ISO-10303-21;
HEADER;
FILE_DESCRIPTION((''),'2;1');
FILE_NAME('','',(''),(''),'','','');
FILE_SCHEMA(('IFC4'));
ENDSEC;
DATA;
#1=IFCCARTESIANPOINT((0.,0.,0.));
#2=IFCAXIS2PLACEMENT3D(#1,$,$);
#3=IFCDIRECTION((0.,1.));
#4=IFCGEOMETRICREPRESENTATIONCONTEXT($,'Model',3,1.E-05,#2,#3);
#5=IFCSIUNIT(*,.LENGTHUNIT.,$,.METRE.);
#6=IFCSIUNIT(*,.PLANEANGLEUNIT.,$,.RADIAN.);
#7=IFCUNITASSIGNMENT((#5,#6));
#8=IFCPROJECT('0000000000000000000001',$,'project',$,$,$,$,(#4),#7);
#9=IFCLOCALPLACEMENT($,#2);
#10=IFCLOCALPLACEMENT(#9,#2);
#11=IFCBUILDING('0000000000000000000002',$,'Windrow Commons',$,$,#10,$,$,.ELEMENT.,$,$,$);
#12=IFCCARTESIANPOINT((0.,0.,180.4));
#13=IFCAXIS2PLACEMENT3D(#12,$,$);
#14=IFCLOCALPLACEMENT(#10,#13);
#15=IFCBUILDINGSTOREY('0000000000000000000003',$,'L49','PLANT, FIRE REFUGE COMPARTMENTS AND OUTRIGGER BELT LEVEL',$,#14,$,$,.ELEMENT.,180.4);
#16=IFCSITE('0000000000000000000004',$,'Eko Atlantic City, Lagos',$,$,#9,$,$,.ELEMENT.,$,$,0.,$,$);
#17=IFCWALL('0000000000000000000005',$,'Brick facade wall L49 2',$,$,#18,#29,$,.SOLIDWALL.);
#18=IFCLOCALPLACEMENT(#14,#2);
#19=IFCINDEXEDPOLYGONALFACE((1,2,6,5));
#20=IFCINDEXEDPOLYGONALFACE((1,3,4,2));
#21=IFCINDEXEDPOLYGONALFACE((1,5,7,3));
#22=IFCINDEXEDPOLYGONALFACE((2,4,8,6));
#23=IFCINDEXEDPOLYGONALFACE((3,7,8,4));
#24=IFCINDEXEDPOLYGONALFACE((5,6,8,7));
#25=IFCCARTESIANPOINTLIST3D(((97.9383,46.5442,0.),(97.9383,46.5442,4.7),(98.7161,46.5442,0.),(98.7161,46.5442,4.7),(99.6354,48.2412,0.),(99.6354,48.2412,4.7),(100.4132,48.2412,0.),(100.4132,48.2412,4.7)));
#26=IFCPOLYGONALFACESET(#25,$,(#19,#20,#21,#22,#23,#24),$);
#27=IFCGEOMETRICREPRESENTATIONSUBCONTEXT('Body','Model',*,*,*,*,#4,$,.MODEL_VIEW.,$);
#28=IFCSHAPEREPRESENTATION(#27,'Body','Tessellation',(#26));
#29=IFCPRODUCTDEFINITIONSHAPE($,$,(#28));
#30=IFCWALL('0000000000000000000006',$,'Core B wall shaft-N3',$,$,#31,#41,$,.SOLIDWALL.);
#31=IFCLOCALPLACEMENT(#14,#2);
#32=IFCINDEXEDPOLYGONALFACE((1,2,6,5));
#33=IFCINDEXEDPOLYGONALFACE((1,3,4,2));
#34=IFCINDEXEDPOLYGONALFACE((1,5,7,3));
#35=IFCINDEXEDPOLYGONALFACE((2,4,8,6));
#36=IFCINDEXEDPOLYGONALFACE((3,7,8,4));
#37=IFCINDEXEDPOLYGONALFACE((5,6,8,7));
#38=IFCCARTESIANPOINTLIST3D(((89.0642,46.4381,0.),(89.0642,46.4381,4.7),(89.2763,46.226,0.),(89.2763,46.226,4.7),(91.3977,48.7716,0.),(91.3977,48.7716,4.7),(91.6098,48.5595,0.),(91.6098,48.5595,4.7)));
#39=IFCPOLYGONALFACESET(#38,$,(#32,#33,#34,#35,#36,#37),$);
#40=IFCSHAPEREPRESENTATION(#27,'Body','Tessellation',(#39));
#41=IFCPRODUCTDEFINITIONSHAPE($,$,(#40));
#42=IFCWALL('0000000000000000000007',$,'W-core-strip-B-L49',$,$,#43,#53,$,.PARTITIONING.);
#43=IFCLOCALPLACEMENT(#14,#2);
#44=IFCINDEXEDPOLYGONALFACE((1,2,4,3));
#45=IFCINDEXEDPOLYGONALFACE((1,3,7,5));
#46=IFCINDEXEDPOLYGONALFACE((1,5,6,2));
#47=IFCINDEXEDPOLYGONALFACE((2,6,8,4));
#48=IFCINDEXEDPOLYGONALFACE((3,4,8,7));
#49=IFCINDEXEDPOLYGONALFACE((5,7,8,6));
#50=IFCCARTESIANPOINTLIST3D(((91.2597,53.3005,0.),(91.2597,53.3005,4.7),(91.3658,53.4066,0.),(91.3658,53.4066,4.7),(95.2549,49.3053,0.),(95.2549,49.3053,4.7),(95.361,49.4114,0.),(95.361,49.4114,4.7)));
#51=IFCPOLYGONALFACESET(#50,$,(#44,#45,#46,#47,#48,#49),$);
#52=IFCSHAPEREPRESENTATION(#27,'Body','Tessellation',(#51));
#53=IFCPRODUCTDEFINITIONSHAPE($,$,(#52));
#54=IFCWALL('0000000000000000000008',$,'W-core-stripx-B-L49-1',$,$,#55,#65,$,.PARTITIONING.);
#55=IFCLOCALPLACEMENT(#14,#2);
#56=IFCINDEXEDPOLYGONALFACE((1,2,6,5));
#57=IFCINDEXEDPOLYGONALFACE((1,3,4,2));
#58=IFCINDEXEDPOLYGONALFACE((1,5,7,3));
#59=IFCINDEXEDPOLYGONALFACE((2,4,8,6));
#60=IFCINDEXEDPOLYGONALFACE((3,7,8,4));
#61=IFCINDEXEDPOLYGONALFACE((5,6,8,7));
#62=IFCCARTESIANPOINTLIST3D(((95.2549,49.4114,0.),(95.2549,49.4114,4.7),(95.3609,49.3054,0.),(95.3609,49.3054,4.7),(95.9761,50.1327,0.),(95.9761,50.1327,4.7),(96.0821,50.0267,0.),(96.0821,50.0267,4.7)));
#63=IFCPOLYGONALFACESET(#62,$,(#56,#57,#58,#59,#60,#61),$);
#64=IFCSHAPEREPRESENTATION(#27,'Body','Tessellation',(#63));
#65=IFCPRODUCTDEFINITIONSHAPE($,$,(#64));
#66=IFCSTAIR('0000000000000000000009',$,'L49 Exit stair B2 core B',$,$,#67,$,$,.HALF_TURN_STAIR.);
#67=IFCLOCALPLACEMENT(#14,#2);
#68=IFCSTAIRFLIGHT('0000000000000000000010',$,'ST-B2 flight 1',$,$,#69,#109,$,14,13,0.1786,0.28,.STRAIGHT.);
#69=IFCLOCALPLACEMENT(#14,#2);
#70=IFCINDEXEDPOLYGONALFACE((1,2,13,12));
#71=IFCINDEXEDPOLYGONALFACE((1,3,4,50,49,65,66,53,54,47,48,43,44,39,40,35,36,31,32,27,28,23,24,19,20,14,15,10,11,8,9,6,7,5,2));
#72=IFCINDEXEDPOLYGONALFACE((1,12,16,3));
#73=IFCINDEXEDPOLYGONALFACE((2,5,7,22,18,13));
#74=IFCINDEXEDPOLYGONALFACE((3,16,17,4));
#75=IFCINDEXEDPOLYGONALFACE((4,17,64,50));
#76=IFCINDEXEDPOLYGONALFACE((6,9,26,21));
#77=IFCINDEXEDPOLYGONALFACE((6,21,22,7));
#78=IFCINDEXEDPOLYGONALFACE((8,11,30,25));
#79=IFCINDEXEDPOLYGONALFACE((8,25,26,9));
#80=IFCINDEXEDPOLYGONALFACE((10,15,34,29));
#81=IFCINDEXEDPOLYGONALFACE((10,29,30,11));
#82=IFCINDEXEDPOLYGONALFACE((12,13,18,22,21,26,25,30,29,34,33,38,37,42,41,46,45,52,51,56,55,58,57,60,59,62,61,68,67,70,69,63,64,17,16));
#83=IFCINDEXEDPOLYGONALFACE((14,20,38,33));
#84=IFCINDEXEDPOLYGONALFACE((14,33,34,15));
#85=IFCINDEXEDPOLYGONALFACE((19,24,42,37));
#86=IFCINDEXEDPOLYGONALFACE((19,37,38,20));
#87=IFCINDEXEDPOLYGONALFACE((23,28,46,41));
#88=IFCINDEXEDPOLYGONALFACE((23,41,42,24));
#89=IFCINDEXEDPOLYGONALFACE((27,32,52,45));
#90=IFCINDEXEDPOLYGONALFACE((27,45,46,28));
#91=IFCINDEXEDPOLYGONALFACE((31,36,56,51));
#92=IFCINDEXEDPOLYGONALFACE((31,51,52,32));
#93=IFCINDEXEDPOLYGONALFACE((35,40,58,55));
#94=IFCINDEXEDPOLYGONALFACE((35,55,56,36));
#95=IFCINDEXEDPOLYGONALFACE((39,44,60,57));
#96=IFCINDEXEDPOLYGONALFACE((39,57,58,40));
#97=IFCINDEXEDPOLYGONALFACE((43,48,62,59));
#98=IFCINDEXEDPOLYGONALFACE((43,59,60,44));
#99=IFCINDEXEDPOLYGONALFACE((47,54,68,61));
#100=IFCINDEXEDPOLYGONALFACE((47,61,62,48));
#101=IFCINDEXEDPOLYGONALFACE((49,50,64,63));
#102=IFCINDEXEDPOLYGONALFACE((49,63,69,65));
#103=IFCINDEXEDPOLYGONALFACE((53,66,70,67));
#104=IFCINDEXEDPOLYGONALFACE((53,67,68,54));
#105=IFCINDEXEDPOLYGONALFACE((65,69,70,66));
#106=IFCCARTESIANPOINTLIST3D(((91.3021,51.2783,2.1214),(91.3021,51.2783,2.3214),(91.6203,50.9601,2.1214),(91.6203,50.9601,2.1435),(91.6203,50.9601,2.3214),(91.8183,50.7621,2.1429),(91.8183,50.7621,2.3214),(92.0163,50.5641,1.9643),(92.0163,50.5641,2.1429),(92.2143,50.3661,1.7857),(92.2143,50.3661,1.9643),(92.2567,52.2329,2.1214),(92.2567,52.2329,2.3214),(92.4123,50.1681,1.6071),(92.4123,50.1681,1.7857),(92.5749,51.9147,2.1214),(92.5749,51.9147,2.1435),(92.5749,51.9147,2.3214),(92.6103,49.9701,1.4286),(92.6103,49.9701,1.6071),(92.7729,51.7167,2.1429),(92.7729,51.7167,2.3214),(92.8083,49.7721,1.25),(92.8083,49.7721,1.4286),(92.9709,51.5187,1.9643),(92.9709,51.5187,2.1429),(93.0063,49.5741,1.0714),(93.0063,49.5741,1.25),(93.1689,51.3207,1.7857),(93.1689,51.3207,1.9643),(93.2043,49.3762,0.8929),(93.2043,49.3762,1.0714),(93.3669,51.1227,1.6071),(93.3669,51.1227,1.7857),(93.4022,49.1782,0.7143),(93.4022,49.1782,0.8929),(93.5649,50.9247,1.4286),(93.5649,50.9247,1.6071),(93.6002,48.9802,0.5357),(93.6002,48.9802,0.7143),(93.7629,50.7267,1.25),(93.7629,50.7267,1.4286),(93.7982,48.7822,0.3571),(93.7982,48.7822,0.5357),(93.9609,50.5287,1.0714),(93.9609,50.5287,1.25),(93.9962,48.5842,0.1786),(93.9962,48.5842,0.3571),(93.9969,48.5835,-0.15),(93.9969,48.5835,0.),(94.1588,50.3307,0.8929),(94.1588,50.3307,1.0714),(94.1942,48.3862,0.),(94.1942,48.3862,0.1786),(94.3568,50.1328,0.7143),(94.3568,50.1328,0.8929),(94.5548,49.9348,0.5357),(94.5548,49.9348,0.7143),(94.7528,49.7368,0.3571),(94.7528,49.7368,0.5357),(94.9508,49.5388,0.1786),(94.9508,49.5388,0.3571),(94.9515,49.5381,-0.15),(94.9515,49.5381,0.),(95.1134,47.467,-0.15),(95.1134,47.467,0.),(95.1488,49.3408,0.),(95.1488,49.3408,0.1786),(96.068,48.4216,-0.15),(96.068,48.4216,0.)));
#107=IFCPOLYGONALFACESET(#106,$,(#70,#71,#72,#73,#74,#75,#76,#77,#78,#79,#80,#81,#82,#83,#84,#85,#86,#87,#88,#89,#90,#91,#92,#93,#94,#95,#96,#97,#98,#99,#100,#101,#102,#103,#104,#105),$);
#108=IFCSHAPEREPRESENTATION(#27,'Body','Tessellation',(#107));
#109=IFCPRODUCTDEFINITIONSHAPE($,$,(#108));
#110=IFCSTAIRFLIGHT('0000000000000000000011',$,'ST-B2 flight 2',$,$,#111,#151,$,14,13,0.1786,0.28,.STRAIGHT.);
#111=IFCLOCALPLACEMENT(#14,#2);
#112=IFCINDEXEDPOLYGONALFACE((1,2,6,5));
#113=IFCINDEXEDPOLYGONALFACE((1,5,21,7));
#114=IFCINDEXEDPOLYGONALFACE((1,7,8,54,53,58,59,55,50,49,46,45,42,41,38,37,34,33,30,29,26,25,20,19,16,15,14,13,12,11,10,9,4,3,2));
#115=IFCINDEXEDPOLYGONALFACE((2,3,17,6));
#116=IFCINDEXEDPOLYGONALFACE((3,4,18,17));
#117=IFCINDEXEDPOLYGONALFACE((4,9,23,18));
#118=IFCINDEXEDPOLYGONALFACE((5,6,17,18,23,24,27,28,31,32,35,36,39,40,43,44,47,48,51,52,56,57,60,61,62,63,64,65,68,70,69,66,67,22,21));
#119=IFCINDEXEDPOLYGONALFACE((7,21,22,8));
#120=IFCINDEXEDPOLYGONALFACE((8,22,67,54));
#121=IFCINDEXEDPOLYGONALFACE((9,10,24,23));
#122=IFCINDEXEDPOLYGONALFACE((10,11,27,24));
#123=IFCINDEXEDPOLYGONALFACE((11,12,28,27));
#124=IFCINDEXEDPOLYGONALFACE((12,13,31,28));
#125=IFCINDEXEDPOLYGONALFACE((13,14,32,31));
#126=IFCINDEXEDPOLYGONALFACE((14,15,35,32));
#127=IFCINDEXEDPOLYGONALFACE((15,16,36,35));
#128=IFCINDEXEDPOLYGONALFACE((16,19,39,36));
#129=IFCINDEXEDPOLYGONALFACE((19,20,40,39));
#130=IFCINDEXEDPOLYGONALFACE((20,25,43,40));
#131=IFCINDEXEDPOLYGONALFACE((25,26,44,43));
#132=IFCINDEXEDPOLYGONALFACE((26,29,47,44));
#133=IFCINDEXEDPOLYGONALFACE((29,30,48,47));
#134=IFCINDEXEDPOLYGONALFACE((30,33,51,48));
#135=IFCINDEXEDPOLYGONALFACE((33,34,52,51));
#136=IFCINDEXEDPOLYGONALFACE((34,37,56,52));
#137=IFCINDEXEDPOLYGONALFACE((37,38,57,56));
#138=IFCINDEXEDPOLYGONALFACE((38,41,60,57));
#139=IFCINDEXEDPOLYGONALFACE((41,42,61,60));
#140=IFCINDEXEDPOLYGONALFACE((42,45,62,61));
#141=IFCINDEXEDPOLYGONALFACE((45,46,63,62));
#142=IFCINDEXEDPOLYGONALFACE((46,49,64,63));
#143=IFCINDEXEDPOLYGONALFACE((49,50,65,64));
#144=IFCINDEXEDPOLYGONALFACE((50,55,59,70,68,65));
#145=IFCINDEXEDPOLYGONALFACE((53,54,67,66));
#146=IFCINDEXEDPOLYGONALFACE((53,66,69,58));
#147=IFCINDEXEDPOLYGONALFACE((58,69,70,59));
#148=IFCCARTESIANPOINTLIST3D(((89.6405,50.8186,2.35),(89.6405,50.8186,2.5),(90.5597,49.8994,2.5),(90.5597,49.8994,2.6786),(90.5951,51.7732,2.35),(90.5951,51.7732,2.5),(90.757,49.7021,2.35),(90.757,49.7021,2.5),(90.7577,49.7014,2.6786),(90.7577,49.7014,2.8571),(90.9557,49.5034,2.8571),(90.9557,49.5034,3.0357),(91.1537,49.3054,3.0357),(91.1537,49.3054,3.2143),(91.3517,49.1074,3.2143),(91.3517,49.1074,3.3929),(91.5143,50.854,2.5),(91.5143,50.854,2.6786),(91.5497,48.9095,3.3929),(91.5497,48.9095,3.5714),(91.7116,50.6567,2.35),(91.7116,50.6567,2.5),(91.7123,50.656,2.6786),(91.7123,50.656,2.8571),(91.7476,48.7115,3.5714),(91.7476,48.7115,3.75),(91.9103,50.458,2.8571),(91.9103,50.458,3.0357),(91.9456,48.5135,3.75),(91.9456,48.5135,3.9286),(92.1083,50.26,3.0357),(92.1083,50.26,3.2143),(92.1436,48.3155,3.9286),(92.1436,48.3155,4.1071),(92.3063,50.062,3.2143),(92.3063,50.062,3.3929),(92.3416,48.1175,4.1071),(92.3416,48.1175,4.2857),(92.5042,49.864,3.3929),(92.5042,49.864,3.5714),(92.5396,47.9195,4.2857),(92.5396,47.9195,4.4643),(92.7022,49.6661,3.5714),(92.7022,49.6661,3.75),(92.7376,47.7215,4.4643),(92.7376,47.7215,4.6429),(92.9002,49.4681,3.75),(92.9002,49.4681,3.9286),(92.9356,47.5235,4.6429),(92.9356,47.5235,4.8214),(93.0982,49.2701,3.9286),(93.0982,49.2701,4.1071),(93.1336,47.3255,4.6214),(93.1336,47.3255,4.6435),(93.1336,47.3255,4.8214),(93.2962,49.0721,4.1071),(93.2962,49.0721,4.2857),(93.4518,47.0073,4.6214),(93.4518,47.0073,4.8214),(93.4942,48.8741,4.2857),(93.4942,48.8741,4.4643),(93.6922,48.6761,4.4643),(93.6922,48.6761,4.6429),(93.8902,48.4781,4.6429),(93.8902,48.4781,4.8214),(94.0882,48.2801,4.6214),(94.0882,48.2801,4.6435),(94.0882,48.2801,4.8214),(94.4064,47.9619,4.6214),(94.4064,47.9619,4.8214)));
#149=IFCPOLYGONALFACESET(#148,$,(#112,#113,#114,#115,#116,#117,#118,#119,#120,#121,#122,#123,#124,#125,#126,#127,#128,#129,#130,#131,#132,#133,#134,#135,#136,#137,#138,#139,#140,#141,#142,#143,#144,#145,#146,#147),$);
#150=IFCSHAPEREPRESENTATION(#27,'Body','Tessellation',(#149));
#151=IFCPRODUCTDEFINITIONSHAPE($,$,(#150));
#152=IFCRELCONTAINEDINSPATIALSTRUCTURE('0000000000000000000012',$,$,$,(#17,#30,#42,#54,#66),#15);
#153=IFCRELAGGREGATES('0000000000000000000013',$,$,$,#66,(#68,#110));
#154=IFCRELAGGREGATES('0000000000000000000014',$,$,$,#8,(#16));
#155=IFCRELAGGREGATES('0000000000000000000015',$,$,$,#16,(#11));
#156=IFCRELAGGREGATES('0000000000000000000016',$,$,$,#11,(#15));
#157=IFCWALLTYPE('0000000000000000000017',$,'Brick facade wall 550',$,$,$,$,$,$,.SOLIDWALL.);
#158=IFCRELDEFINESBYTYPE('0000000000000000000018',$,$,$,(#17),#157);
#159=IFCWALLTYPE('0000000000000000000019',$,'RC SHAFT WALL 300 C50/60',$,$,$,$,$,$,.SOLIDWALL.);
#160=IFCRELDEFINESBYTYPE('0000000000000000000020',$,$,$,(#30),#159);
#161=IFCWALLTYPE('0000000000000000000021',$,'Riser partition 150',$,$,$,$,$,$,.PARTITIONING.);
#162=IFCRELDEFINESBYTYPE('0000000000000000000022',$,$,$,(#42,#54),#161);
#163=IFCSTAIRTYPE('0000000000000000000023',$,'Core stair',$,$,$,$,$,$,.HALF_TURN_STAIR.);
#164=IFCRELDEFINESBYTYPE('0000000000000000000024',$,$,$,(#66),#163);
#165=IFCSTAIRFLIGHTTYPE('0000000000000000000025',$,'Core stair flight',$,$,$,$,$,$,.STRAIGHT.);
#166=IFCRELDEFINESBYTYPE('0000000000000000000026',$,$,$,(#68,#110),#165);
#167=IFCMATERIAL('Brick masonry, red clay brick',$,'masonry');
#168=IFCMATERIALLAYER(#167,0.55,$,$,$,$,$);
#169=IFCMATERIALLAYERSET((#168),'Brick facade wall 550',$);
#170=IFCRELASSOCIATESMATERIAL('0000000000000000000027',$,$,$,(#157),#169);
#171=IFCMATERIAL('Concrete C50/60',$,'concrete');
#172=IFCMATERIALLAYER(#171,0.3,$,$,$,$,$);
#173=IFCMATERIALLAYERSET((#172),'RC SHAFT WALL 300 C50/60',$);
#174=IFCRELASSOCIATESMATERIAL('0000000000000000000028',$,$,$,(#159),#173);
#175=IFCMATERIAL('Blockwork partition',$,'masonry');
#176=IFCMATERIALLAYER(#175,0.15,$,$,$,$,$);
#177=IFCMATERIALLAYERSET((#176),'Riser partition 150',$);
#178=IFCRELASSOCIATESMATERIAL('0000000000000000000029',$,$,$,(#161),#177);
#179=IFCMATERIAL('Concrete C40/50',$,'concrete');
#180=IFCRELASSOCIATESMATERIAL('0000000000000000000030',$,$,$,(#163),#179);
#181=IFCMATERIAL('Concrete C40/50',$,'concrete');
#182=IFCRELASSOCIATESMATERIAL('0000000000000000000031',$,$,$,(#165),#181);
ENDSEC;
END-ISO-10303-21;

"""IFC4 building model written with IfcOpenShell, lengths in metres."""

from ifc_helpers import new_model, si_unit, direction, frame, frame_2d, origin, place, context, subcontext, project, spatial, polyline, rectangle, outline, extrude, material, layer, layer_set, type_object, element, aggregate, save


model = new_model("IFC4")

# Units and contexts
model_context = context("Model", 3, precision=1e-05, world=origin(), true_north=direction((0.0, 1.0)))
body_context = subcontext(model_context, "Body", "Model", "MODEL_VIEW")
ifc_project = project(units=[si_unit("LENGTHUNIT", "METRE"), si_unit("PLANEANGLEUNIT", "RADIAN")], contexts=[model_context])

# Site, building, storey
site_placement = place(None, origin())
site = spatial("IfcSite", under=ifc_project, at=site_placement, Name="Eko Atlantic City, Lagos", CompositionType="ELEMENT", RefElevation=0.0)
building_placement = place(site_placement, origin())
building = spatial("IfcBuilding", under=site, at=building_placement, Name="Windrow Commons", CompositionType="ELEMENT")
storey_placement = place(building_placement, frame((0.0, 0.0, 180.4)))
storey = spatial("IfcBuildingStorey", under=building, at=storey_placement, Name="L49", Description="PLANT, FIRE REFUGE COMPARTMENTS AND OUTRIGGER BELT LEVEL", CompositionType="ELEMENT", Elevation=180.4)

# Walls
ifc_material_1 = material(Name="Brick masonry, red clay brick", Category="masonry")
ifc_layer_1 = layer(ifc_material_1, 0.55)
ifc_layer_set_1 = layer_set([ifc_layer_1], Name="Brick facade wall 550")
wall_type_1 = type_object("IfcWallType", Name="Brick facade wall 550", PredefinedType="SOLIDWALL", material=ifc_layer_set_1)
wall_1_placement = place(storey_placement, frame((98.3272, 46.5442, 0.0), z_axis=(0.0, 0.0, 1.0), x_axis=(0.707128, 0.707086, 0.0)))
element("IfcWall", 1, at=wall_1_placement, inside=storey, type_object=wall_type_1, Name="Brick facade wall L49 2", PredefinedType="SOLIDWALL", context=body_context, shape_type="SweptSolid", body=[
    extrude(outline(polyline([(0.275, -0.275), (2.675, -0.275), (2.125, 0.275), (-0.275, 0.275), (0.275, -0.275)])), origin(), (0.0, 0.0, 1.0), 4.7),
])
ifc_material_2 = material(Name="Concrete C50/60", Category="concrete")
ifc_layer_2 = layer(ifc_material_2, 0.3)
ifc_layer_set_2 = layer_set([ifc_layer_2], Name="RC SHAFT WALL 300 C50/60")
wall_type_2 = type_object("IfcWallType", Name="RC SHAFT WALL 300 C50/60", PredefinedType="SOLIDWALL", material=ifc_layer_set_2)
wall_2_placement = place(storey_placement, frame((89.1702, 46.332, 0.0), z_axis=(0.0, 0.0, 1.0), x_axis=(0.707107, 0.707107, 0.0)))
element("IfcWall", 2, at=wall_2_placement, inside=storey, type_object=wall_type_2, Name="Core B wall shaft-N3", PredefinedType="SOLIDWALL", context=body_context, shape_type="SweptSolid", body=[
    extrude(rectangle(XDim=3.3001, YDim=0.3, at=frame_2d((1.6501, 0.0))), origin(), (0.0, 0.0, 1.0), 4.7),
])
ifc_material_3 = material(Name="Blockwork partition", Category="masonry")
ifc_layer_3 = layer(ifc_material_3, 0.15)
ifc_layer_set_3 = layer_set([ifc_layer_3], Name="Riser partition 150")
wall_type_3 = type_object("IfcWallType", Name="Riser partition 150", PredefinedType="PARTITIONING", material=ifc_layer_set_3)
wall_3_placement = place(storey_placement, frame((91.3127, 53.3536, 0.0), z_axis=(0.0, 0.0, 1.0), x_axis=(0.707107, -0.707107, 0.0)))
element("IfcWall", 3, at=wall_3_placement, inside=storey, type_object=wall_type_3, Name="W-core-strip-B-L49", PredefinedType="PARTITIONING", context=body_context, shape_type="SweptSolid", body=[
    extrude(rectangle(XDim=5.6501, YDim=0.15, at=frame_2d((2.8251, 0.0))), origin(), (0.0, 0.0, 1.0), 4.7),
])
wall_4_placement = place(storey_placement, frame((95.3079, 49.3584, 0.0), z_axis=(0.0, 0.0, 1.0), x_axis=(0.707058, 0.707156, 0.0)))
element("IfcWall", 4, at=wall_4_placement, inside=storey, type_object=wall_type_3, Name="W-core-stripx-B-L49-1", PredefinedType="PARTITIONING", context=body_context, shape_type="SweptSolid", body=[
    extrude(rectangle(XDim=1.02, YDim=0.15, at=frame_2d((0.51, 0.0))), origin(), (0.0, 0.0, 1.0), 4.7),
])

# Stair, stair flights
ifc_material_4 = material(Name="Concrete C40/50", Category="concrete")
stair_type = type_object("IfcStairType", Name="Core stair", PredefinedType="HALF_TURN_STAIR", material=ifc_material_4)
stair_placement = place(storey_placement, origin())
stair = element("IfcStair", 5, at=stair_placement, inside=storey, type_object=stair_type, Name="L49 Exit stair B2 core B", PredefinedType="HALF_TURN_STAIR")
ifc_material_5 = material(Name="Concrete C40/50", Category="concrete")
stair_flight_type = type_object("IfcStairFlightType", Name="Core stair flight", PredefinedType="STRAIGHT", material=ifc_material_5)
stair_flight_1_placement = place(storey_placement, frame((94.6715, 48.8635, 0.0), z_axis=(0.0, 0.0, 1.0), x_axis=(-0.707107, 0.707107, 0.0)))
stair_flight_1 = element("IfcStairFlight", 6, at=stair_flight_1_placement, type_object=stair_flight_type, Name="ST-B2 flight 1", NumberOfRisers=14, NumberOfTreads=13, PredefinedType="STRAIGHT", RiserHeight=0.1786, TreadLength=0.28, context=body_context, shape_type="SweptSolid", body=[
    extrude(outline(polyline([(-1.3, -0.15), (-1.3, 0.0), (0.0, 0.0), (0.0, 0.1786), (0.28, 0.1786), (0.28, 0.3571), (0.56, 0.3571), (0.56, 0.5357), (0.84, 0.5357), (0.84, 0.7143), (1.12, 0.7143), (1.12, 0.8929), (1.4, 0.8929), (1.4, 1.0714), (1.68, 1.0714), (1.68, 1.25), (1.96, 1.25), (1.96, 1.4286), (2.24, 1.4286), (2.24, 1.6071), (2.52, 1.6071), (2.52, 1.7857), (2.8, 1.7857), (2.8, 1.9643), (3.08, 1.9643), (3.08, 2.1429), (3.36, 2.1429), (3.36, 2.3214), (3.64, 2.3214), (4.09, 2.3214), (4.09, 2.1214), (3.64, 2.1214), (3.64, 2.1435), (0.279, 0.0), (0.279, -0.15), (-1.3, -0.15)])), frame((0.0, 0.675, 0.0), z_axis=(0.0, -1.0, 0.0), x_axis=(1.0, 0.0, 0.0)), (0.0, 0.0, 1.0), 1.35),
])
stair_flight_2_placement = place(storey_placement, frame((91.037, 50.3767, 2.5), z_axis=(0.0, 0.0, 1.0), x_axis=(0.707107, -0.707107, 0.0)))
stair_flight_2 = element("IfcStairFlight", 7, at=stair_flight_2_placement, type_object=stair_flight_type, Name="ST-B2 flight 2", NumberOfRisers=14, NumberOfTreads=13, PredefinedType="STRAIGHT", RiserHeight=0.1786, TreadLength=0.28, context=body_context, shape_type="SweptSolid", body=[
    extrude(outline(polyline([(-1.3, -0.15), (-1.3, 0.0), (0.0, 0.0), (0.0, 0.1786), (0.28, 0.1786), (0.28, 0.3571), (0.56, 0.3571), (0.56, 0.5357), (0.84, 0.5357), (0.84, 0.7143), (1.12, 0.7143), (1.12, 0.8929), (1.4, 0.8929), (1.4, 1.0714), (1.68, 1.0714), (1.68, 1.25), (1.96, 1.25), (1.96, 1.4286), (2.24, 1.4286), (2.24, 1.6071), (2.52, 1.6071), (2.52, 1.7857), (2.8, 1.7857), (2.8, 1.9643), (3.08, 1.9643), (3.08, 2.1429), (3.36, 2.1429), (3.36, 2.3214), (3.64, 2.3214), (4.09, 2.3214), (4.09, 2.1214), (3.64, 2.1214), (3.64, 2.1435), (0.279, 0.0), (0.279, -0.15), (-1.3, -0.15)])), frame((0.0, 0.675, 0.0), z_axis=(0.0, -1.0, 0.0), x_axis=(1.0, 0.0, 0.0)), (0.0, 0.0, 1.0), 1.35),
])
aggregate(stair, [stair_flight_1, stair_flight_2])

save(model, "model.ifc")
